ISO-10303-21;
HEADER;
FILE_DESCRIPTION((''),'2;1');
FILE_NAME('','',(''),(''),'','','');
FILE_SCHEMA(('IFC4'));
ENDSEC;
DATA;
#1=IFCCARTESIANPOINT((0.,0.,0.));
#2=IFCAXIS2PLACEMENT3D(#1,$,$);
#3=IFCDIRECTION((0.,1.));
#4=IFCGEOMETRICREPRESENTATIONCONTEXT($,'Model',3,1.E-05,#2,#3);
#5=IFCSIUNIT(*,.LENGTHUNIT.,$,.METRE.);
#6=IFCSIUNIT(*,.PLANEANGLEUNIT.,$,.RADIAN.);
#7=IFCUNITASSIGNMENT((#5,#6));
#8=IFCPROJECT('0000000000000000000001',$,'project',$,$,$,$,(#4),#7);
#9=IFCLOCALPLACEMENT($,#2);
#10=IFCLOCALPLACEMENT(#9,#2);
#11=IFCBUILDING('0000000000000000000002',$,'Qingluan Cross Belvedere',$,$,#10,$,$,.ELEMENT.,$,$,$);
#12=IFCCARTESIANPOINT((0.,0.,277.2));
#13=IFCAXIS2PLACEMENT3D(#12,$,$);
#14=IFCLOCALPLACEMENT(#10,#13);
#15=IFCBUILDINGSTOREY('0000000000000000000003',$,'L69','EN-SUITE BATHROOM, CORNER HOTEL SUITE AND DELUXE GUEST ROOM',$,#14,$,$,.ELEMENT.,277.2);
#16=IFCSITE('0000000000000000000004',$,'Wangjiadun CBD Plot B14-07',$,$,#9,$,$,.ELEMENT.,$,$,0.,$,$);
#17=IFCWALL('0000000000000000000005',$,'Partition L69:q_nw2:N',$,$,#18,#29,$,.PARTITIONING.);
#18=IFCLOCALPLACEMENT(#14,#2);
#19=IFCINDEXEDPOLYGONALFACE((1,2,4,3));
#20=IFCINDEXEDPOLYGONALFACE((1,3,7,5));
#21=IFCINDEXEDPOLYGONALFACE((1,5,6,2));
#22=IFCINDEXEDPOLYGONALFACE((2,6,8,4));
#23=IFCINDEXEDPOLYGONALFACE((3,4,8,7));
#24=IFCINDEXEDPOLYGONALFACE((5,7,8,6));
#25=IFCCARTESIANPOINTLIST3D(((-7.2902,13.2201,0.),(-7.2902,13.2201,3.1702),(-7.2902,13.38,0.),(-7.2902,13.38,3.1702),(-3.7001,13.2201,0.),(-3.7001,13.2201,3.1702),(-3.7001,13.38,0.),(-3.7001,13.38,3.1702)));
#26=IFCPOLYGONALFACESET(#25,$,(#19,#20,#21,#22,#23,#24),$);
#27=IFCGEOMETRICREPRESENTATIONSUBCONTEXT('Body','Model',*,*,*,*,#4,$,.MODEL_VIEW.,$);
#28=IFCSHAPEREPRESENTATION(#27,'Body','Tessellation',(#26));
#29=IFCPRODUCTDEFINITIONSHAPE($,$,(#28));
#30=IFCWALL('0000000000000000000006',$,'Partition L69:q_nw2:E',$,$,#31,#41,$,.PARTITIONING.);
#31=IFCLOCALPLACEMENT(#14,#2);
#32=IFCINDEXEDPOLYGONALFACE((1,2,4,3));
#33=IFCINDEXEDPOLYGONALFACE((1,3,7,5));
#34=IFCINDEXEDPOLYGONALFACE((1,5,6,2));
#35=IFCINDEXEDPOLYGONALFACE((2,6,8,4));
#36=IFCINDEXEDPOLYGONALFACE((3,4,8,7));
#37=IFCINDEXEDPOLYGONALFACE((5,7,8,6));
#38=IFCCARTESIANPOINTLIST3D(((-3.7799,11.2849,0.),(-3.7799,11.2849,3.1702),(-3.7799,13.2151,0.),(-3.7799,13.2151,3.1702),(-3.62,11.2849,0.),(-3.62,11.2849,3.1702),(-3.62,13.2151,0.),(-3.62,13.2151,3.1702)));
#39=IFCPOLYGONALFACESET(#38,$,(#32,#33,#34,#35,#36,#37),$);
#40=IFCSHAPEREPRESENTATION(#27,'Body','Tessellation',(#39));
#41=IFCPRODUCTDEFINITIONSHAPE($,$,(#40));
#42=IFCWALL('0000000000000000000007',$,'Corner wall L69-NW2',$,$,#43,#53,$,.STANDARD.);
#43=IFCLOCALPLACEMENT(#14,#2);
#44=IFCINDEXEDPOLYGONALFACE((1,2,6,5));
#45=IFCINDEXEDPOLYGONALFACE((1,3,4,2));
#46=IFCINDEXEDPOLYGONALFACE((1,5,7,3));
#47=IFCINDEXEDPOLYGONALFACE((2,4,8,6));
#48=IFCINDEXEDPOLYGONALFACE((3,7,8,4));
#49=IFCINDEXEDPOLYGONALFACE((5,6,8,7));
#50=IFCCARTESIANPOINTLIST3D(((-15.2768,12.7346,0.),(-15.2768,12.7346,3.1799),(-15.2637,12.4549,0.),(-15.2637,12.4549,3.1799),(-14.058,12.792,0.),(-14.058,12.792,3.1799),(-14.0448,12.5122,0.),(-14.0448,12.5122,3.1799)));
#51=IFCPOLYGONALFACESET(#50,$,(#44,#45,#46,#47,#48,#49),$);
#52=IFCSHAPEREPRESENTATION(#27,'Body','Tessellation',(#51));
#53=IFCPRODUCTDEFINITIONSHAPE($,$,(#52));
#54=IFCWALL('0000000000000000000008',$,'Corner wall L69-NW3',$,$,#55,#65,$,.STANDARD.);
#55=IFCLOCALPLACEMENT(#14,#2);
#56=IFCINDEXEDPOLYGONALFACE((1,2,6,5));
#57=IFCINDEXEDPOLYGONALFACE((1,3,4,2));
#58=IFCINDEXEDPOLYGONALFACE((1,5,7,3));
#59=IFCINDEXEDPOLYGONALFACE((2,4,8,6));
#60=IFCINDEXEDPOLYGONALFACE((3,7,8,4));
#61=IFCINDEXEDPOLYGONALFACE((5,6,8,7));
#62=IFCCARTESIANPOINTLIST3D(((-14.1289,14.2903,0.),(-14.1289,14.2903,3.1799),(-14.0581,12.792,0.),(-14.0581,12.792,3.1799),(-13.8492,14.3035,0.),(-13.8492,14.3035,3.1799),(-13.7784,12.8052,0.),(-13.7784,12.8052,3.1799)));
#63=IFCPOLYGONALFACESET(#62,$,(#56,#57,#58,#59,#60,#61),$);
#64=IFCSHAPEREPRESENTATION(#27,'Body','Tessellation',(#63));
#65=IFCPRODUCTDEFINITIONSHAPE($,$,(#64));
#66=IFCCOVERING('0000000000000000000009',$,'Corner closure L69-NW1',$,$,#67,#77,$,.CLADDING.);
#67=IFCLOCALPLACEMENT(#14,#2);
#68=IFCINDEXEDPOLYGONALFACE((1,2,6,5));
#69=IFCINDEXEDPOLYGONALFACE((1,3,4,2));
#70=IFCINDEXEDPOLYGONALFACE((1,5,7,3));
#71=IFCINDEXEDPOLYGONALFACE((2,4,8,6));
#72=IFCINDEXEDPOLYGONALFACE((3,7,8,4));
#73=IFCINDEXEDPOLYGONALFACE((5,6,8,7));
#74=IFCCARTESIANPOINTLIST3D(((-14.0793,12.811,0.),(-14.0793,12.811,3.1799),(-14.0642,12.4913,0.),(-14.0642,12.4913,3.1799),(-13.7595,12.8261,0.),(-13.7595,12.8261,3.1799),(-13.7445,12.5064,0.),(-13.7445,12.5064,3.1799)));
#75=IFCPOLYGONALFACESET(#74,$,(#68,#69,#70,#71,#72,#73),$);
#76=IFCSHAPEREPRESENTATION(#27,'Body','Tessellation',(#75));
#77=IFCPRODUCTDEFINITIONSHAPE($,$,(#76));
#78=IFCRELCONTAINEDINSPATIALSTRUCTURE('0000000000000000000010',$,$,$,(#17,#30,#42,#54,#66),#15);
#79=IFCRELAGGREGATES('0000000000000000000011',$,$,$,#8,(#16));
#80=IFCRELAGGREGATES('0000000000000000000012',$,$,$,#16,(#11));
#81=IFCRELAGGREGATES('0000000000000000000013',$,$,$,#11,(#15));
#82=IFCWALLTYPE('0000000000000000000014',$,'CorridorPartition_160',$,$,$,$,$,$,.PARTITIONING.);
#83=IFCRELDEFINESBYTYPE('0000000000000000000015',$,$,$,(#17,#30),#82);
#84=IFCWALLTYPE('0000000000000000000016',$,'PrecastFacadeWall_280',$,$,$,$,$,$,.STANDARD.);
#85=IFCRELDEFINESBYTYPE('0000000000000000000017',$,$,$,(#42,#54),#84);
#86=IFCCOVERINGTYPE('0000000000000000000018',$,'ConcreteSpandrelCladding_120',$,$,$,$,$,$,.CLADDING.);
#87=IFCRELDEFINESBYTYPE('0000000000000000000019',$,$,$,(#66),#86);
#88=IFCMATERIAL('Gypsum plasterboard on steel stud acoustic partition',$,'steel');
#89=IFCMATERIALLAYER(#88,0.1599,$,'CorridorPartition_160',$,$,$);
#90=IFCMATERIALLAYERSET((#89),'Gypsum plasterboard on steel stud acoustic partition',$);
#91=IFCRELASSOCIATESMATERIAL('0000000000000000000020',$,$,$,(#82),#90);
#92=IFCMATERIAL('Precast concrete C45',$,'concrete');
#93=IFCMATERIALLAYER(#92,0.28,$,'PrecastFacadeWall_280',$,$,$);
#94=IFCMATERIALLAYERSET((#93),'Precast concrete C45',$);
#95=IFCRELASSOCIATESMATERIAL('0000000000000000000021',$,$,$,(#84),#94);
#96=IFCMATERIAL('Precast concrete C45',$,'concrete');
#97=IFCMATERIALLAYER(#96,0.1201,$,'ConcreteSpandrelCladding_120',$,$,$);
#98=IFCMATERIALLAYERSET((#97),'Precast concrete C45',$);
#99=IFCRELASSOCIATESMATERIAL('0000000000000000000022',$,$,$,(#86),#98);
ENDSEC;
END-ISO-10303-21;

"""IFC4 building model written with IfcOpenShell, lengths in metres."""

from ifc_helpers import new_model, si_unit, direction, frame, frame_2d, origin, origin_2d, place, context, subcontext, project, spatial, rectangle, extrude, material, layer, layer_set, type_object, element, save


model = new_model("IFC4")

# Units and contexts
model_context = context("Model", 3, precision=1e-05, world=origin(), true_north=direction((0.0, 1.0)))
body_context = subcontext(model_context, "Body", "Model", "MODEL_VIEW")
ifc_project = project(units=[si_unit("LENGTHUNIT", "METRE"), si_unit("PLANEANGLEUNIT", "RADIAN")], contexts=[model_context])

# Site, building, storey
site_placement = place(None, origin())
site = spatial("IfcSite", under=ifc_project, at=site_placement, Name="Wangjiadun CBD Plot B14-07", CompositionType="ELEMENT", RefElevation=0.0)
building_placement = place(site_placement, origin())
building = spatial("IfcBuilding", under=site, at=building_placement, Name="Qingluan Cross Belvedere", CompositionType="ELEMENT")
storey_placement = place(building_placement, frame((0.0, 0.0, 277.2)))
storey = spatial("IfcBuildingStorey", under=building, at=storey_placement, Name="L69", Description="EN-SUITE BATHROOM, CORNER HOTEL SUITE AND DELUXE GUEST ROOM", CompositionType="ELEMENT", Elevation=277.2)

# Shared definitions
ifc_material_1 = material(Name="Gypsum plasterboard on steel stud acoustic partition", Category="steel")
ifc_layer_1 = layer(ifc_material_1, 0.1599, Name="CorridorPartition_160")
ifc_layer_set_1 = layer_set([ifc_layer_1], Name="Gypsum plasterboard on steel stud acoustic partition")
wall_type_1 = type_object("IfcWallType", Name="CorridorPartition_160", PredefinedType="PARTITIONING", material=ifc_layer_set_1)

# Walls
wall_1_placement = place(storey_placement, frame((-7.29, 13.3, 0.0), z_axis=(0.0, 0.0, 1.0), x_axis=(1.0, 0.0, 0.0)))
element("IfcWall", 1, at=wall_1_placement, inside=storey, type_object=wall_type_1, Name="Partition L69:q_nw2:N", PredefinedType="PARTITIONING", context=body_context, shape_type="SweptSolid", body=[
    extrude(rectangle(XDim=3.5901, YDim=0.1599, at=frame_2d((1.7949, 0.0))), origin(), (0.0, 0.0, 1.0), 3.1702),
])
wall_2_placement = place(storey_placement, frame((-3.7, 11.2849, 0.0), z_axis=(0.0, 0.0, 1.0), x_axis=(0.0, 1.0, 0.0)))
element("IfcWall", 2, at=wall_2_placement, inside=storey, type_object=wall_type_1, Name="Partition L69:q_nw2:E", PredefinedType="PARTITIONING", context=body_context, shape_type="SweptSolid", body=[
    extrude(rectangle(XDim=1.9302, YDim=0.1599, at=frame_2d((0.9651, 0.0))), origin(), (0.0, 0.0, 1.0), 3.1702),
])
ifc_material_2 = material(Name="Precast concrete C45", Category="concrete")
ifc_layer_2 = layer(ifc_material_2, 0.28, Name="PrecastFacadeWall_280")
ifc_layer_set_2 = layer_set([ifc_layer_2], Name="Precast concrete C45")
wall_type_2 = type_object("IfcWallType", Name="PrecastFacadeWall_280", PredefinedType="STANDARD", material=ifc_layer_set_2)
wall_3_placement = place(storey_placement, frame((-15.2703, 12.5947, 0.0), z_axis=(0.0, 0.0, 1.0), x_axis=(0.998894, 0.047023, 0.0)))
element("IfcWall", 3, at=wall_3_placement, inside=storey, type_object=wall_type_2, Name="Corner wall L69-NW2", PredefinedType="STANDARD", context=body_context, shape_type="SweptSolid", body=[
    extrude(rectangle(XDim=1.2202, YDim=0.28, at=frame_2d((0.6101, 0.0))), origin(), (0.0, 0.0, 1.0), 3.1799),
])
wall_4_placement = place(storey_placement, frame((-13.9182, 12.7986, 0.0), z_axis=(0.0, 0.0, 1.0), x_axis=(-0.047202, 0.998885, 0.0)))
element("IfcWall", 4, at=wall_4_placement, inside=storey, type_object=wall_type_2, Name="Corner wall L69-NW3", PredefinedType="STANDARD", context=body_context, shape_type="SweptSolid", body=[
    extrude(rectangle(XDim=1.5, YDim=0.28, at=frame_2d((0.75, 0.0))), origin(), (0.0, 0.0, 1.0), 3.1799),
])

# Covering
ifc_material_3 = material(Name="Precast concrete C45", Category="concrete")
ifc_layer_3 = layer(ifc_material_3, 0.1201, Name="ConcreteSpandrelCladding_120")
ifc_layer_set_3 = layer_set([ifc_layer_3], Name="Precast concrete C45")
covering_type = type_object("IfcCoveringType", Name="ConcreteSpandrelCladding_120", PredefinedType="CLADDING", material=ifc_layer_set_3)
covering_placement = place(storey_placement, frame((-13.9119, 12.6587, 0.0), z_axis=(0.0, 0.0, 1.0), x_axis=(0.99889, 0.047106, 0.0)))
element("IfcCovering", 5, at=covering_placement, inside=storey, type_object=covering_type, Name="Corner closure L69-NW1", PredefinedType="CLADDING", context=body_context, shape_type="SweptSolid", body=[
    extrude(rectangle(XDim=0.3201, YDim=0.3201, at=origin_2d()), origin(), (0.0, 0.0, 1.0), 3.1799),
])

save(model, "model.ifc")
